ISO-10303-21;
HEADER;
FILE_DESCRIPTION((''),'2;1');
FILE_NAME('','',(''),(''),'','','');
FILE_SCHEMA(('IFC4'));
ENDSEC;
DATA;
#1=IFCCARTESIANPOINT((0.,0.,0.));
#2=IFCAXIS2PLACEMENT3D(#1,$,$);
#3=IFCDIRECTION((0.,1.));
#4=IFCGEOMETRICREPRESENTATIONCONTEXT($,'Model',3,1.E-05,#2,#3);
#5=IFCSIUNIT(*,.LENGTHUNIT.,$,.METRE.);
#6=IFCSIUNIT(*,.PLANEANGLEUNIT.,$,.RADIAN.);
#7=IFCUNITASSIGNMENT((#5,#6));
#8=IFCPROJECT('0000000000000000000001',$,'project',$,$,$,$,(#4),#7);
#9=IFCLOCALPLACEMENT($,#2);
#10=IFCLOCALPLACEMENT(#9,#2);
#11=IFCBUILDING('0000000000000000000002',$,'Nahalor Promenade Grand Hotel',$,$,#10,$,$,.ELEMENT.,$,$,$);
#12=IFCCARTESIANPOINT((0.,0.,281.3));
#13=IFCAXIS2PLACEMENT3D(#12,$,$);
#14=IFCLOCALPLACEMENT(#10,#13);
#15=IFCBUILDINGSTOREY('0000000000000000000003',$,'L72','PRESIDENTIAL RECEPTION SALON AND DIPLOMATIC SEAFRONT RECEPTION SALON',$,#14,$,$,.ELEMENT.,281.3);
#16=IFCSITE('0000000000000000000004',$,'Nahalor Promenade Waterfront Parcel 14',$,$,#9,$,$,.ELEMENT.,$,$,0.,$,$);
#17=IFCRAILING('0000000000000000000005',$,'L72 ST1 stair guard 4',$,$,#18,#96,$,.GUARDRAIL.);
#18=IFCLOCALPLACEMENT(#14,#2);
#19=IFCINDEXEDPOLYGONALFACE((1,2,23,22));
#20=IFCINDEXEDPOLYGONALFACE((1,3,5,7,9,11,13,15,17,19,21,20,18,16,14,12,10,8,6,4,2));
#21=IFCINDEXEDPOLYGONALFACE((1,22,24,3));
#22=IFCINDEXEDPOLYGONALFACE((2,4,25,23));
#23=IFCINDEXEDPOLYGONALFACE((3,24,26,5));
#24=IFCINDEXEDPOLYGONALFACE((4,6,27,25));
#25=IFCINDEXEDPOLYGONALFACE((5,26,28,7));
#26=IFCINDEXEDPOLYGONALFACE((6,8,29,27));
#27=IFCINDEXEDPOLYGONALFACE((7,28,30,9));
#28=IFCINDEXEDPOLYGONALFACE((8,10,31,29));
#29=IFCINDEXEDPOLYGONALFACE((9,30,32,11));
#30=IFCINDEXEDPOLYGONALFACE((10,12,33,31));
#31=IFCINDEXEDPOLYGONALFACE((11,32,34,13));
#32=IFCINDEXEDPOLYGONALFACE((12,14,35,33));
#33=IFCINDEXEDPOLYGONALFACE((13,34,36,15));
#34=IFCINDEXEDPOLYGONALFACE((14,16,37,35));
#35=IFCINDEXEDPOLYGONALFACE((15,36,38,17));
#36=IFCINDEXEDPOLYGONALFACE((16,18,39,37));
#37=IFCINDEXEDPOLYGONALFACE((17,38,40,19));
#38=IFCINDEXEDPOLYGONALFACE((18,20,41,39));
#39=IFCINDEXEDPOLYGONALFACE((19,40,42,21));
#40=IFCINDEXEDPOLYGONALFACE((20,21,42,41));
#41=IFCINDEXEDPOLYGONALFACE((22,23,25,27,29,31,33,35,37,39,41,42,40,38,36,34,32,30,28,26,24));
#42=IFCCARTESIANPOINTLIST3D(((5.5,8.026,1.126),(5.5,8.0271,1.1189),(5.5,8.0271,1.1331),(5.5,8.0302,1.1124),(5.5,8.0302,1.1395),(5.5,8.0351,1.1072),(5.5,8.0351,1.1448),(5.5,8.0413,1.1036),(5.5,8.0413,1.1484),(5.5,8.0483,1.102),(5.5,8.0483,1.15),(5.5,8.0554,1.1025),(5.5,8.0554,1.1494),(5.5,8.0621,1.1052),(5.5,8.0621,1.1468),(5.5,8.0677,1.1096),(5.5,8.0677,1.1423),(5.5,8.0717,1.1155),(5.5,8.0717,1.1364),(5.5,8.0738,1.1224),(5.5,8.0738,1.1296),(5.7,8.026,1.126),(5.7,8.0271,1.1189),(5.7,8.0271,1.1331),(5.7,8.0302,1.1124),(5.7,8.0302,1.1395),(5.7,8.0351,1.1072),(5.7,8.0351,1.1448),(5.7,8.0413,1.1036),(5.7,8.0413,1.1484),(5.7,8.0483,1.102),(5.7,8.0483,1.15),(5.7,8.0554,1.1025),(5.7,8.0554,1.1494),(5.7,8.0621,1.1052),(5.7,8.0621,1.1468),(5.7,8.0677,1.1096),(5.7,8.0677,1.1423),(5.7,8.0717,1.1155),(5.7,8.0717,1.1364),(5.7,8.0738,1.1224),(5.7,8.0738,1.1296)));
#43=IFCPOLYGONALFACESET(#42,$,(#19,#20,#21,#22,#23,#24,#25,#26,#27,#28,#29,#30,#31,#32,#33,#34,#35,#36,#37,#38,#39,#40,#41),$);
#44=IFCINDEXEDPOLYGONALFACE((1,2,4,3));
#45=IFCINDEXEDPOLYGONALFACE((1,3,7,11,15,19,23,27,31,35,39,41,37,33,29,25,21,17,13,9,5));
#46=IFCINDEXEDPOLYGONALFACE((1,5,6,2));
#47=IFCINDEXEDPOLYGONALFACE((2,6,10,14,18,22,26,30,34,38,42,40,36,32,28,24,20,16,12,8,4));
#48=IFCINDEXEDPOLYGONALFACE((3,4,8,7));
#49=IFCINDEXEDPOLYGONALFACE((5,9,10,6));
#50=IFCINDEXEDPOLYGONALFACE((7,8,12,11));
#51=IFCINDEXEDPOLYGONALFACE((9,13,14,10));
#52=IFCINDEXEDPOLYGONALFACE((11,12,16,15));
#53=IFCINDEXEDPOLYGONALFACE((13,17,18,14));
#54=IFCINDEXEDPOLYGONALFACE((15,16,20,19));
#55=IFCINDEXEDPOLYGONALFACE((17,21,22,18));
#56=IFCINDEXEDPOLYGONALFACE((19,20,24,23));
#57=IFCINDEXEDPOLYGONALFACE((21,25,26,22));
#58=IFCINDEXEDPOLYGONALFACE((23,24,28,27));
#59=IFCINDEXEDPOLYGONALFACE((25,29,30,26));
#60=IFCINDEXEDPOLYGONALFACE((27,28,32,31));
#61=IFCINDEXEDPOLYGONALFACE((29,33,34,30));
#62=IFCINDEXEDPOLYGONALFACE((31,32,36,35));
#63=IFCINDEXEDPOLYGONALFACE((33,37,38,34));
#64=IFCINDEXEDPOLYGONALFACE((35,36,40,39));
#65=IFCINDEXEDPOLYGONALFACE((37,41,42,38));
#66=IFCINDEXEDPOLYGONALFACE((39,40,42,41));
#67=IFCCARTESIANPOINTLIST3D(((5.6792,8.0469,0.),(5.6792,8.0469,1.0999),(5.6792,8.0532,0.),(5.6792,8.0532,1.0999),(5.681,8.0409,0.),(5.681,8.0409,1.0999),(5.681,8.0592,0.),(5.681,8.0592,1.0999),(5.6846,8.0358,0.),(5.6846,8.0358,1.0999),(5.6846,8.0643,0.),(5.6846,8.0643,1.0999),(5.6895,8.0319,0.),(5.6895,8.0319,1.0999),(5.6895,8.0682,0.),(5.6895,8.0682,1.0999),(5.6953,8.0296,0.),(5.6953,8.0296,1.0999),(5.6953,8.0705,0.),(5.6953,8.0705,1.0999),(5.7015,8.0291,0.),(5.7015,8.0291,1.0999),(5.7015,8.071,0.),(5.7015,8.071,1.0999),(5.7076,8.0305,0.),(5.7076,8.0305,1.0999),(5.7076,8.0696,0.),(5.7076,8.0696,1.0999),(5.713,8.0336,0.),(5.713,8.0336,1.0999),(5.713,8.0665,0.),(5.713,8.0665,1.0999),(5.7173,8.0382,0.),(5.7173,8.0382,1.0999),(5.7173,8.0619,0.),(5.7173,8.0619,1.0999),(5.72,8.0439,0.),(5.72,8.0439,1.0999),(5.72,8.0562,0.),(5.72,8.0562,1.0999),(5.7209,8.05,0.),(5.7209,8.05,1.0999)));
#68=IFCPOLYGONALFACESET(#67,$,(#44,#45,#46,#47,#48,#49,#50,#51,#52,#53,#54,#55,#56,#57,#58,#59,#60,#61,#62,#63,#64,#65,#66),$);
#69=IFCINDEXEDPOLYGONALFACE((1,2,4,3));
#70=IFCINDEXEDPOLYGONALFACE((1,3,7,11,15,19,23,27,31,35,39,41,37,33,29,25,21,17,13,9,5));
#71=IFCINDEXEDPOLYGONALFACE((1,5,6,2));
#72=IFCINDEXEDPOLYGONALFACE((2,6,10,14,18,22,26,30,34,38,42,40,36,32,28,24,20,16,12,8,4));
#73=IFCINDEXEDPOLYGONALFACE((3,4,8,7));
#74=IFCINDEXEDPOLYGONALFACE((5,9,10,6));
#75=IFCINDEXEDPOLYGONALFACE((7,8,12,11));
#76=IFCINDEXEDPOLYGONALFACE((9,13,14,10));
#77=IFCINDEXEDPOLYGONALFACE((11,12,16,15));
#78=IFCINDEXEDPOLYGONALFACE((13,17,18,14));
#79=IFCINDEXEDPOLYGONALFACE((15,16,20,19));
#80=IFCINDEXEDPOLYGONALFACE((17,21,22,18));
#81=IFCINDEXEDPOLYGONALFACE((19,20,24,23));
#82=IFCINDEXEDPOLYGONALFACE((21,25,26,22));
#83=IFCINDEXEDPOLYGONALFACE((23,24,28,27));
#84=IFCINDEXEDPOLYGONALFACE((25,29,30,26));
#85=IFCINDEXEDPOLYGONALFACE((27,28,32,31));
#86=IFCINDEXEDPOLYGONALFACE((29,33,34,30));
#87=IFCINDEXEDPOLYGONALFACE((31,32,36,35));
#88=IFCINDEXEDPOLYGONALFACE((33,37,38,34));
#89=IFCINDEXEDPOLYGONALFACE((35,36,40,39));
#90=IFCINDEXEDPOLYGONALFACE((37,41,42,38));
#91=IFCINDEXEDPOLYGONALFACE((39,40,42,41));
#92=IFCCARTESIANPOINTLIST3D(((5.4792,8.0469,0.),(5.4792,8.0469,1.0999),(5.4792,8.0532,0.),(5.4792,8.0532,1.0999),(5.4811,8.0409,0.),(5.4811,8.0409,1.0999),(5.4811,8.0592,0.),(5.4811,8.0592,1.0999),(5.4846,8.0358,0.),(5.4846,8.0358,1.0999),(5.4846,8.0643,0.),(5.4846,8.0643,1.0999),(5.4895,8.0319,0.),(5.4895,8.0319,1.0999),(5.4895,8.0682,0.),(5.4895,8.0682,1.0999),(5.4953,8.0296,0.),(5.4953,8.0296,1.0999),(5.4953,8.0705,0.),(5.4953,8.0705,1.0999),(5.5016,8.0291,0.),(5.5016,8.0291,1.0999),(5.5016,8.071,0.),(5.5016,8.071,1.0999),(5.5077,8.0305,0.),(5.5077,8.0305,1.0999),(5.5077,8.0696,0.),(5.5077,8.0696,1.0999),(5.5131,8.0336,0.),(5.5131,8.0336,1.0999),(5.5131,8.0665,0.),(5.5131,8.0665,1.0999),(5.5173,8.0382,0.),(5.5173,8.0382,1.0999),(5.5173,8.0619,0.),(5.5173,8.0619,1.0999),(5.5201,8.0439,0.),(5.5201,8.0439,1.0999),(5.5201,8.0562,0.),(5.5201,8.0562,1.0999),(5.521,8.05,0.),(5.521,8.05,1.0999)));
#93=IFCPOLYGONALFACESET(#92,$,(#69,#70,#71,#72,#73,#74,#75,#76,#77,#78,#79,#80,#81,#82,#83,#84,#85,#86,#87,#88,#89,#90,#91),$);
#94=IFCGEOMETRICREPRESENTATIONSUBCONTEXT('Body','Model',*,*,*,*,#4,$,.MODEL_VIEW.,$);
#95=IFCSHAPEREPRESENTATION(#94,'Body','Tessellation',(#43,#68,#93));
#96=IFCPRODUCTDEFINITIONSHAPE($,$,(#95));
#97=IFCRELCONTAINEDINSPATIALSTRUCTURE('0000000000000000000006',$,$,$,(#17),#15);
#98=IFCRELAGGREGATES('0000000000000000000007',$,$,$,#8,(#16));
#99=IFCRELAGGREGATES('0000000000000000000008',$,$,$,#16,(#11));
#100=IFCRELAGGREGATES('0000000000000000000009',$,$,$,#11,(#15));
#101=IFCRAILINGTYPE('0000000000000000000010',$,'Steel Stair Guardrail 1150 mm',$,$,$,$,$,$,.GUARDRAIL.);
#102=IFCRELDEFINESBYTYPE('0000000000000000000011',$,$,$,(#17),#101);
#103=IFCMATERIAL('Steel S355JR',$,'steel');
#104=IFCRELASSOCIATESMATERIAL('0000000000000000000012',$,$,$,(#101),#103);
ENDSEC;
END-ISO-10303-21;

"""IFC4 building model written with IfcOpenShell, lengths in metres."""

from ifc_helpers import new_model, si_unit, direction, frame, origin, origin_2d, place, context, subcontext, project, spatial, circle, extrude, material, type_object, element, save


model = new_model("IFC4")

# Units and contexts
model_context = context("Model", 3, precision=1e-05, world=origin(), true_north=direction((0.0, 1.0)))
body_context = subcontext(model_context, "Body", "Model", "MODEL_VIEW")
ifc_project = project(units=[si_unit("LENGTHUNIT", "METRE"), si_unit("PLANEANGLEUNIT", "RADIAN")], contexts=[model_context])

# Site, building, storey
site_placement = place(None, origin())
site = spatial("IfcSite", under=ifc_project, at=site_placement, Name="Nahalor Promenade Waterfront Parcel 14", CompositionType="ELEMENT", RefElevation=0.0)
building_placement = place(site_placement, origin())
building = spatial("IfcBuilding", under=site, at=building_placement, Name="Nahalor Promenade Grand Hotel", CompositionType="ELEMENT")
storey_placement = place(building_placement, frame((0.0, 0.0, 281.3)))
storey = spatial("IfcBuildingStorey", under=building, at=storey_placement, Name="L72", Description="PRESIDENTIAL RECEPTION SALON AND DIPLOMATIC SEAFRONT RECEPTION SALON", CompositionType="ELEMENT", Elevation=281.3)

# Shared definitions
ifc_material_1 = material(Name="Steel S355JR", Category="steel")

# Railing
railing_type_1 = type_object("IfcRailingType", Name="Steel Stair Guardrail 1150 mm", PredefinedType="GUARDRAIL", material=ifc_material_1)
railing_1_placement = place(storey_placement, frame((5.7, 8.05, 0.0)))
element("IfcRailing", 1, at=railing_1_placement, inside=storey, type_object=railing_type_1, Name="L72 ST1 stair guard 4", PredefinedType="GUARDRAIL", context=body_context, shape_type="SweptSolid", body=[
    extrude(circle(Radius=0.024, at=origin_2d()), frame((0.0, 0.0, 1.126), z_axis=(-1.0, 0.0, 0.0), x_axis=(0.0, -1.0, 0.0)), (0.0, 0.0, 1.0), 0.2),
    extrude(circle(Radius=0.021, at=origin_2d()), origin(), (0.0, 0.0, 1.0), 1.0999),
    extrude(circle(Radius=0.021, at=origin_2d()), frame((-0.2, 0.0, 0.0)), (0.0, 0.0, 1.0), 1.0999),
])

save(model, "model.ifc")
